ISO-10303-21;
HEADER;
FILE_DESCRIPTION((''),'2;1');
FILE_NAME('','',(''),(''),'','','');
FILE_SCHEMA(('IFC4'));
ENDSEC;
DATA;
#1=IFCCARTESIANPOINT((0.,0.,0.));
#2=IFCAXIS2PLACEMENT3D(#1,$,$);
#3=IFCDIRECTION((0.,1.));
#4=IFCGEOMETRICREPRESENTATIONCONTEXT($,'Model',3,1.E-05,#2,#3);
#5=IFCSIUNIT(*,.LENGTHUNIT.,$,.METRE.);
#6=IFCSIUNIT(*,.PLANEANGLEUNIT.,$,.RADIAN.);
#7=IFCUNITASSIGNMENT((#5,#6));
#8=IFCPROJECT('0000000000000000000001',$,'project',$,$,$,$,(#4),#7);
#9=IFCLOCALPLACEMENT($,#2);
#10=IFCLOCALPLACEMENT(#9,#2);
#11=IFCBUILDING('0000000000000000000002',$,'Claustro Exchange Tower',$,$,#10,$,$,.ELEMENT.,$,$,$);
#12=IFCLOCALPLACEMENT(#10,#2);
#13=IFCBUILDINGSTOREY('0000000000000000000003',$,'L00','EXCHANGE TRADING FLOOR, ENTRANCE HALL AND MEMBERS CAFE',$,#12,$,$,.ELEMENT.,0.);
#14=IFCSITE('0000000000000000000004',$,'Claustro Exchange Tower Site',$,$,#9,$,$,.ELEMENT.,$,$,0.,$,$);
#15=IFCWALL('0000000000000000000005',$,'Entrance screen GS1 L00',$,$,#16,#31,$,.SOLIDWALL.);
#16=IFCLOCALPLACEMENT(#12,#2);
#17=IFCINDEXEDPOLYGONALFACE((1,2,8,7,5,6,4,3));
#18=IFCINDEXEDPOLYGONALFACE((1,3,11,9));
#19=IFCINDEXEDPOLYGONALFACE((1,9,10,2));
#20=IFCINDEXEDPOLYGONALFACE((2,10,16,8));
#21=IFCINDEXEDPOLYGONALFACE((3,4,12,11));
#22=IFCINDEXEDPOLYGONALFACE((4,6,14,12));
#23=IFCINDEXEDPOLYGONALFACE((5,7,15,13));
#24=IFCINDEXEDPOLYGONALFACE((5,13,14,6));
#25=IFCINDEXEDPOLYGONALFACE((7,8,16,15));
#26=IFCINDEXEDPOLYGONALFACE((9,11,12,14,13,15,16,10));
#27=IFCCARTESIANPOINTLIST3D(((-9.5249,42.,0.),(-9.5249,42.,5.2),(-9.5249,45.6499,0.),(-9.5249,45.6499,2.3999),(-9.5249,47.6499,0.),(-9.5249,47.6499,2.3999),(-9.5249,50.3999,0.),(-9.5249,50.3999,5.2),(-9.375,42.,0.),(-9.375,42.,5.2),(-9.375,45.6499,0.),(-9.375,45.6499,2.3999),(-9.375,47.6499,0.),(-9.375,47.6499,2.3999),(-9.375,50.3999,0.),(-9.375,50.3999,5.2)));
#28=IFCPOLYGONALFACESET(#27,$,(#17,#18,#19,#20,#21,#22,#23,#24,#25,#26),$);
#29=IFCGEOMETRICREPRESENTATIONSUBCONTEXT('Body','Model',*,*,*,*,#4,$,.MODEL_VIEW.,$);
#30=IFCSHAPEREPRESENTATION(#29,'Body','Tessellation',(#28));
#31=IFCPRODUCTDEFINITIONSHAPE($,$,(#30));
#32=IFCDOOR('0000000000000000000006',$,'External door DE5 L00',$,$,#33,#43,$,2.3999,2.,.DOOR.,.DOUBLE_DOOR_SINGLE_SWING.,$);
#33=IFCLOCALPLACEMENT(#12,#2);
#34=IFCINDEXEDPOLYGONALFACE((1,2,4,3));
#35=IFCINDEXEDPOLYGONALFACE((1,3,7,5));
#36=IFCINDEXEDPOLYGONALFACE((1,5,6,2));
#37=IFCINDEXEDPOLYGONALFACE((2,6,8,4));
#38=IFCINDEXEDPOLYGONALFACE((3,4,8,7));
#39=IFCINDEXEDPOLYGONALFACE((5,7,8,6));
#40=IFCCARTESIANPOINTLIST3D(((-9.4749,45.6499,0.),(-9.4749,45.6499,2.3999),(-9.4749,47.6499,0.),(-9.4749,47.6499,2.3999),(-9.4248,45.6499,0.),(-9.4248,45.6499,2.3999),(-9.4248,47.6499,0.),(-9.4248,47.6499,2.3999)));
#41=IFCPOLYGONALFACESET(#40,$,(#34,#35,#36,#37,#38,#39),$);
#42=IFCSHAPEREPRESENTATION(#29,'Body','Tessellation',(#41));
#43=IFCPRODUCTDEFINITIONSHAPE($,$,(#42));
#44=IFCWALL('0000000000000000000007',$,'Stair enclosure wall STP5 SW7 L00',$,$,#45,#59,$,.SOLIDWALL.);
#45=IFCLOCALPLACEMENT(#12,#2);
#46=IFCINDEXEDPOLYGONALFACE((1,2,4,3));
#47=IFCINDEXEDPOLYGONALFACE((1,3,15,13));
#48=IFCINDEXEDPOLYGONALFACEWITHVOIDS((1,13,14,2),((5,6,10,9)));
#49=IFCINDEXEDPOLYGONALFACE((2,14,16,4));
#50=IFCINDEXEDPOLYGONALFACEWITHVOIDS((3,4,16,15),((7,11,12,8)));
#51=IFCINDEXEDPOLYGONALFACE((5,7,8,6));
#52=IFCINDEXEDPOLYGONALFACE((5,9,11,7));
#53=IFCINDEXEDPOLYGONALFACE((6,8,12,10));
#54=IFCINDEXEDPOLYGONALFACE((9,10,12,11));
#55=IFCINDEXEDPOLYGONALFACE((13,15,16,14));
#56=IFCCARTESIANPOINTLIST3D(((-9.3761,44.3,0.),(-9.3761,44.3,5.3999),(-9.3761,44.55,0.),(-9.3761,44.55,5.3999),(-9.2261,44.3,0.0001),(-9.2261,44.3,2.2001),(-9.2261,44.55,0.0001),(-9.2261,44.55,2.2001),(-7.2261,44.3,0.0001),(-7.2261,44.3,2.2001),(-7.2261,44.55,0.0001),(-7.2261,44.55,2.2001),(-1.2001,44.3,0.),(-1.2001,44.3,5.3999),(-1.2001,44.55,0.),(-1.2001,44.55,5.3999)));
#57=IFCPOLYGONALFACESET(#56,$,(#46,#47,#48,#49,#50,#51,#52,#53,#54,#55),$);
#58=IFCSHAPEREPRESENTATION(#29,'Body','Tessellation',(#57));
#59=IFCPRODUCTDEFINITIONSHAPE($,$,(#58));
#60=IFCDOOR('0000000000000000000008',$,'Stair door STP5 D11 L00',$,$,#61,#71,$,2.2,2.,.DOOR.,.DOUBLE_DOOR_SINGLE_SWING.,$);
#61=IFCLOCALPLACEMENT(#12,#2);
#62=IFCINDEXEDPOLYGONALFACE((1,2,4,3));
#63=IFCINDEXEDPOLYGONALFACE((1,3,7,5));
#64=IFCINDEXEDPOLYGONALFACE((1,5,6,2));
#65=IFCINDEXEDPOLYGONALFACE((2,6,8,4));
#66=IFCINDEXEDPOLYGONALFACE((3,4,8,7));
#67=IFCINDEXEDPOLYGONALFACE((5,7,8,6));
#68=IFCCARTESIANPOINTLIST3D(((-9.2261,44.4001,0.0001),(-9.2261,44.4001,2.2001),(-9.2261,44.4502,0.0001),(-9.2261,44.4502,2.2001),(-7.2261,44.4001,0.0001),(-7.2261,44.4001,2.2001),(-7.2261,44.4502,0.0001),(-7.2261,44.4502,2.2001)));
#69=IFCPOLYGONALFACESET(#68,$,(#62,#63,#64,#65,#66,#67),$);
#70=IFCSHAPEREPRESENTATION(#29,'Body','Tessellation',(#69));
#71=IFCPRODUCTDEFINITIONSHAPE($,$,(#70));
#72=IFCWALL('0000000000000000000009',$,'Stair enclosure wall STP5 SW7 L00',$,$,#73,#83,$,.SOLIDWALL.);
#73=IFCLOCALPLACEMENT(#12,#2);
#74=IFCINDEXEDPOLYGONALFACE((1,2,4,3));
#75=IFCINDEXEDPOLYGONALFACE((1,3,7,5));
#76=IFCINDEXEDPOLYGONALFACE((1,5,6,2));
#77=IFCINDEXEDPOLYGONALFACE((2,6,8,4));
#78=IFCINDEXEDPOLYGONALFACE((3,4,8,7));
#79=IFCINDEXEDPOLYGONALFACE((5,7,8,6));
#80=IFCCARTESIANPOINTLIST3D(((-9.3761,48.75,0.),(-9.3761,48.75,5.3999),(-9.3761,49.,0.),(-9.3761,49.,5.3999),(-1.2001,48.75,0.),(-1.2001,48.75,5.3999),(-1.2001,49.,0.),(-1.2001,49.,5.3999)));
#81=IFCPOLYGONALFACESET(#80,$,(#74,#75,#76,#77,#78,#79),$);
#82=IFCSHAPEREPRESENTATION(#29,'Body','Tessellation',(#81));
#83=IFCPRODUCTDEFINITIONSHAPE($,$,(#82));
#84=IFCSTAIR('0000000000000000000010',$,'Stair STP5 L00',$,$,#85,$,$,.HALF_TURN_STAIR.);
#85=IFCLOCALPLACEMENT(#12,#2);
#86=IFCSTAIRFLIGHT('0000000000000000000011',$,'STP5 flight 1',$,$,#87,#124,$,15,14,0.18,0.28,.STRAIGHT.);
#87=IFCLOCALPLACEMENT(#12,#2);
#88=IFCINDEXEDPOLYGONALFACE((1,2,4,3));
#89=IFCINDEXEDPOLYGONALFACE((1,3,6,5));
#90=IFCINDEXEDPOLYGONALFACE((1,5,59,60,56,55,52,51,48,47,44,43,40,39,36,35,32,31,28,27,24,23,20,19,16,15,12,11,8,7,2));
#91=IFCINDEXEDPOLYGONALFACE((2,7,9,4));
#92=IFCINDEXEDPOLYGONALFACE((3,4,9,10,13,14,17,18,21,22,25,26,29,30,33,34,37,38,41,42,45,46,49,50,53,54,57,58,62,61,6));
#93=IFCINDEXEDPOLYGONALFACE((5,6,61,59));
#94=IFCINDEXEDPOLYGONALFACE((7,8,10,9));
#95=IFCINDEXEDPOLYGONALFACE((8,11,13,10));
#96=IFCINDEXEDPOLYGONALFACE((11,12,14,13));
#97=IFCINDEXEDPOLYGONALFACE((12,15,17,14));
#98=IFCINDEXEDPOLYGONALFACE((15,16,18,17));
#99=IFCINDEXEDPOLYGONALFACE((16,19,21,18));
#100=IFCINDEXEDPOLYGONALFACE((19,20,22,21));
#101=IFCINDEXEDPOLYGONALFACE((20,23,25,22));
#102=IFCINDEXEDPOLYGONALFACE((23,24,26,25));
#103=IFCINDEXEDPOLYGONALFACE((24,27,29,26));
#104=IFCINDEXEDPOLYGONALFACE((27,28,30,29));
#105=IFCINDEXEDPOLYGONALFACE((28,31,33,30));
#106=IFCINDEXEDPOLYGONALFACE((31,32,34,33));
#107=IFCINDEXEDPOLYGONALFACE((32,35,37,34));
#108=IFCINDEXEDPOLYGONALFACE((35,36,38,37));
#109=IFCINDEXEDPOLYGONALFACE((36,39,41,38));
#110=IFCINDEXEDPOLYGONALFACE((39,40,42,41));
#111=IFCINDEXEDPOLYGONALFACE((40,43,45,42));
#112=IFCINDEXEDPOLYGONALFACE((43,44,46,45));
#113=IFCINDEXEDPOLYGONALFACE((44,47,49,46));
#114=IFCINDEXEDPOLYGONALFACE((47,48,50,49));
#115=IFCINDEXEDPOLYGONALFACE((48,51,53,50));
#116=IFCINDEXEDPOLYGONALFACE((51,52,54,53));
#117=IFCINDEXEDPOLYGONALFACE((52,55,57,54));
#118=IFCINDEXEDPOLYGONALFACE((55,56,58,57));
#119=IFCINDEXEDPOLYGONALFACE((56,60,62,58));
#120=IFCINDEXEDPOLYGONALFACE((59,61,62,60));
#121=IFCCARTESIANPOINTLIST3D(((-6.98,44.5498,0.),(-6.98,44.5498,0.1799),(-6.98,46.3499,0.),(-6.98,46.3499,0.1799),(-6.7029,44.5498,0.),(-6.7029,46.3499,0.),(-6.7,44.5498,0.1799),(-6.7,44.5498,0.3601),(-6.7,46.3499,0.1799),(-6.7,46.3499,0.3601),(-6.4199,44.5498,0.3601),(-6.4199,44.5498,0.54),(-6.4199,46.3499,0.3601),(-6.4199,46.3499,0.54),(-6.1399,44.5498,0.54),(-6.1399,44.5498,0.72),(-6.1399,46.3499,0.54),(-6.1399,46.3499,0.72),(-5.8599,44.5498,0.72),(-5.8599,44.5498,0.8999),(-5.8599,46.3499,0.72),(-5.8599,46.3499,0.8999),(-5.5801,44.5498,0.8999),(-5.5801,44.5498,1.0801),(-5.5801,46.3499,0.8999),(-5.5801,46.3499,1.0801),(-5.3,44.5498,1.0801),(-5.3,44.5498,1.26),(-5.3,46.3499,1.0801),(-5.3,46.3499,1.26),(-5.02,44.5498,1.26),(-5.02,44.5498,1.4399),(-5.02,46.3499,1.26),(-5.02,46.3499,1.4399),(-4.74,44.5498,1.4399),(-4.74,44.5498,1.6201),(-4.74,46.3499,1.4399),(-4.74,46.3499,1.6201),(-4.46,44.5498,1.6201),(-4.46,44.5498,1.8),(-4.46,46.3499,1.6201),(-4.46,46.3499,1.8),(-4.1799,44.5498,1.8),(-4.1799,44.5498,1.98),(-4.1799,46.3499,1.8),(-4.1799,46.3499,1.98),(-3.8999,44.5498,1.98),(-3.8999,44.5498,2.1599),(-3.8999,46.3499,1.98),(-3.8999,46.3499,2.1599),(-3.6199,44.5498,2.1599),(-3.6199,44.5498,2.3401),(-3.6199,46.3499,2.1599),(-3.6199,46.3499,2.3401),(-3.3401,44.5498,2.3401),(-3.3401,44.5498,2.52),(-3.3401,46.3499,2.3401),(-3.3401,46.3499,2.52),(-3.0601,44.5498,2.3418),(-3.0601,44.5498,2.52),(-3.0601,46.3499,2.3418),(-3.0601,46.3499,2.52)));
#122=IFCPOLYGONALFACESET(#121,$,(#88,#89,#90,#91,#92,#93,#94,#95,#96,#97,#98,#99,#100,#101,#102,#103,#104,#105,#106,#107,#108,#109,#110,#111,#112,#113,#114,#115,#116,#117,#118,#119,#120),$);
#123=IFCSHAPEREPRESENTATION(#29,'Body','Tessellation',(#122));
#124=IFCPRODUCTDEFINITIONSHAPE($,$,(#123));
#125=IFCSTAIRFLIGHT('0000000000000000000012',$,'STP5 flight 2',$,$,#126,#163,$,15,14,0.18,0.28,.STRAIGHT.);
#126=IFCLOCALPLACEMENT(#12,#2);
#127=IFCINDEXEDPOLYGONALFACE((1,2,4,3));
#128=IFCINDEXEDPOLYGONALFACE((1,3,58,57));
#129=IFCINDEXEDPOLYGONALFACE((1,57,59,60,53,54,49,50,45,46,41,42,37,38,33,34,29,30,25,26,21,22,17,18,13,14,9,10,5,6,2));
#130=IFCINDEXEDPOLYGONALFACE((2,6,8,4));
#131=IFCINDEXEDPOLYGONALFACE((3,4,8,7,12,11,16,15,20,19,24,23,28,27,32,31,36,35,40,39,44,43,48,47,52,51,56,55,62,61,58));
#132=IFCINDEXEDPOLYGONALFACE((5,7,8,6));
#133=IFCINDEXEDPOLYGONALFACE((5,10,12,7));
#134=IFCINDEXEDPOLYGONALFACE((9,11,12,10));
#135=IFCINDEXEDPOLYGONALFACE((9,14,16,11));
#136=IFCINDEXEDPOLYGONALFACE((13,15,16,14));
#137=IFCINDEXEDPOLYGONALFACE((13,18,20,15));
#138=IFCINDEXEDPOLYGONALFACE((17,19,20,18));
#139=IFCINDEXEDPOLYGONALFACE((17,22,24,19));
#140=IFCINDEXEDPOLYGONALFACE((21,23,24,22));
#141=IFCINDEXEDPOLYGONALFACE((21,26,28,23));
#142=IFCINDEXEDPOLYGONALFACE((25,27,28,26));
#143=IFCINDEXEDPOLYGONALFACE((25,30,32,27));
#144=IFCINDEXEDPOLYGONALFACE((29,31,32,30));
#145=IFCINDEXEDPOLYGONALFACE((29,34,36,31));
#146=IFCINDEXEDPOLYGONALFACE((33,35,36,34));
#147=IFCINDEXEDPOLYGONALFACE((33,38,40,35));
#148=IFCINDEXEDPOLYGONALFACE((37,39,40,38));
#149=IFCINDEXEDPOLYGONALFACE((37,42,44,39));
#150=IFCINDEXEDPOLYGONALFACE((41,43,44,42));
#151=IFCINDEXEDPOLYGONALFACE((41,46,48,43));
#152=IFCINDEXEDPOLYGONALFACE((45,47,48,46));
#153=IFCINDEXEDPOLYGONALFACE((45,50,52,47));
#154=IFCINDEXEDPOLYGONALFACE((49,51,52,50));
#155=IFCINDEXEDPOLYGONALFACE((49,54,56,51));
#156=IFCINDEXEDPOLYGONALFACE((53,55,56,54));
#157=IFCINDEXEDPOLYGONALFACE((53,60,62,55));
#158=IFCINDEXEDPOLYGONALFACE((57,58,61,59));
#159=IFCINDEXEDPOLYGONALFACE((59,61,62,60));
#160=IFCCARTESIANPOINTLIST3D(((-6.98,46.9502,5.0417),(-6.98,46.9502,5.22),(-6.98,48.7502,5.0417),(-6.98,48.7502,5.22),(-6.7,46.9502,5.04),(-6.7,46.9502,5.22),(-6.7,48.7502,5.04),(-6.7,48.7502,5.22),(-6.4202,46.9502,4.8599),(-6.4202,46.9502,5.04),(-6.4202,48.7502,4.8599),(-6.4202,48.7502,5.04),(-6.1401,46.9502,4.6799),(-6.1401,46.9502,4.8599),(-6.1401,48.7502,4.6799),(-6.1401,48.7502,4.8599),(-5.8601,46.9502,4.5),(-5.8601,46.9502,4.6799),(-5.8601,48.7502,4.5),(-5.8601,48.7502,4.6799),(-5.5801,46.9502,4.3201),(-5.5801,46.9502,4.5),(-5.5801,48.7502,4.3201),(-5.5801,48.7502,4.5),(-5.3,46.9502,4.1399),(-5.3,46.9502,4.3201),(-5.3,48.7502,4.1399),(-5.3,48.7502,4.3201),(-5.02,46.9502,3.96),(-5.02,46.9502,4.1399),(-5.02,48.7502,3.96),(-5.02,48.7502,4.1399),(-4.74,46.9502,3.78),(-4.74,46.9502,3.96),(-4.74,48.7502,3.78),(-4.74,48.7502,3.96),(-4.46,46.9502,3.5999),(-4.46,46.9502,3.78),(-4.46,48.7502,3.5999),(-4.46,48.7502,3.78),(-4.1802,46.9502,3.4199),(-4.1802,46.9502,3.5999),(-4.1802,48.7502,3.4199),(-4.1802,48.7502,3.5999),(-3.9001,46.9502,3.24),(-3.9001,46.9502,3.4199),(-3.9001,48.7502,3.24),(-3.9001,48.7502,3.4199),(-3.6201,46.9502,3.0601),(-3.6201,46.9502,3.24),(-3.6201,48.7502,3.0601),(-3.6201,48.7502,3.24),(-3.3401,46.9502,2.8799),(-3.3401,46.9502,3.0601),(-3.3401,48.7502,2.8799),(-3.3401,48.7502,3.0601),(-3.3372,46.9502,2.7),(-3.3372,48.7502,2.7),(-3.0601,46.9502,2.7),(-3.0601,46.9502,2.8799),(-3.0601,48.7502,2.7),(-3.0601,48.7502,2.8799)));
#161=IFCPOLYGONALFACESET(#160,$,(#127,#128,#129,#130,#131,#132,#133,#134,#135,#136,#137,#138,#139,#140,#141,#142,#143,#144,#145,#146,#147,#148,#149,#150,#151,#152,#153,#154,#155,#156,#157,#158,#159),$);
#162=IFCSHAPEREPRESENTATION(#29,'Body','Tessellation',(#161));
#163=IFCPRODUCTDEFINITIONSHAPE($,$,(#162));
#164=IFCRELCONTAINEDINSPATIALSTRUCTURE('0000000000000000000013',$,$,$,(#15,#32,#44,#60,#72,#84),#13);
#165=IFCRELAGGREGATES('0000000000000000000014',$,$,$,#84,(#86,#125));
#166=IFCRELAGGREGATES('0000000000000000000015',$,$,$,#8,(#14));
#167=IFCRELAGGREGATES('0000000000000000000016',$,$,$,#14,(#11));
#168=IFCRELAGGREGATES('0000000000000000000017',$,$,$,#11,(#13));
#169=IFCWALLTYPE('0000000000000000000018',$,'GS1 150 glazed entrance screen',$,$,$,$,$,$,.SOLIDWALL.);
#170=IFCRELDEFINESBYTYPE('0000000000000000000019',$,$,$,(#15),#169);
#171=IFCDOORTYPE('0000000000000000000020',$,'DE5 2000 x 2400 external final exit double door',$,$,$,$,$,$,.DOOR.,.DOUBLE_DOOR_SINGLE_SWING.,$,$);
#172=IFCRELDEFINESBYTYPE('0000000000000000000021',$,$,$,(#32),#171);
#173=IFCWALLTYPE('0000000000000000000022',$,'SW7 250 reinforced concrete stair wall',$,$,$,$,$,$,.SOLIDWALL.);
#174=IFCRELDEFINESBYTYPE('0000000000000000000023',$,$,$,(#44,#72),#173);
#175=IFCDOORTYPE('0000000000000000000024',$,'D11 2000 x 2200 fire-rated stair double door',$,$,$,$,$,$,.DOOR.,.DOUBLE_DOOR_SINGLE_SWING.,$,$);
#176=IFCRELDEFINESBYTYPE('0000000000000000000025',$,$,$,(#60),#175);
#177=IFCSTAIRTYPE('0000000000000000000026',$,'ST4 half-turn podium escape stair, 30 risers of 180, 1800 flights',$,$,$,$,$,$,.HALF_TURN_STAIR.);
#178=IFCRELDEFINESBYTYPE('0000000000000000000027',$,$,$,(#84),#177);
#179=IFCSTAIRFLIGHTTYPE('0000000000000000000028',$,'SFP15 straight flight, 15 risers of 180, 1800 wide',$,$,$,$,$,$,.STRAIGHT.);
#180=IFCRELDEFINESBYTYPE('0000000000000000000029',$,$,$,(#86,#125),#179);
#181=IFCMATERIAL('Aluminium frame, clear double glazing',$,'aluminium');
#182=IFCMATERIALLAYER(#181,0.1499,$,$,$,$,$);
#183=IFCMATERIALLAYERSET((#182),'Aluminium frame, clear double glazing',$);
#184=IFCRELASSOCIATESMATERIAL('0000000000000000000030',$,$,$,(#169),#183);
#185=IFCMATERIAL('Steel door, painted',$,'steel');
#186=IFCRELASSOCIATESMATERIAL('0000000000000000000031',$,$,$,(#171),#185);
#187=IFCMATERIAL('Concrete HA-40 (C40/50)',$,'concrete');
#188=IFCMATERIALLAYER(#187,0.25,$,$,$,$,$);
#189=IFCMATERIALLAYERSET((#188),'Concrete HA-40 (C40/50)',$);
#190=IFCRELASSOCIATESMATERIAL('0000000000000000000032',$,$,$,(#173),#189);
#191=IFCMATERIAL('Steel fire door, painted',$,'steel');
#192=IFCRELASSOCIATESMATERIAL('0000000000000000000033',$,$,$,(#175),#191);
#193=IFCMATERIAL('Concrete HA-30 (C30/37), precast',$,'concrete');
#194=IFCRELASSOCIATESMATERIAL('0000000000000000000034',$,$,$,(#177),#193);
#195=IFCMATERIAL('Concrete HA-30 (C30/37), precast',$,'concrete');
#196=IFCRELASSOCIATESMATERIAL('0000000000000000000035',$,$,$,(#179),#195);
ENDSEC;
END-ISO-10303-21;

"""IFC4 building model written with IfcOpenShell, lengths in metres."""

from ifc_helpers import new_model, si_unit, direction, frame, frame_2d, origin, place, context, subcontext, project, spatial, polyline, rectangle, outline, extrude, material, layer, layer_set, type_object, element, fill, aggregate, save


model = new_model("IFC4")

# Units and contexts
model_context = context("Model", 3, precision=1e-05, world=origin(), true_north=direction((0.0, 1.0)))
body_context = subcontext(model_context, "Body", "Model", "MODEL_VIEW")
ifc_project = project(units=[si_unit("LENGTHUNIT", "METRE"), si_unit("PLANEANGLEUNIT", "RADIAN")], contexts=[model_context])

# Site, building, storey
site_placement = place(None, origin())
site = spatial("IfcSite", under=ifc_project, at=site_placement, Name="Claustro Exchange Tower Site", CompositionType="ELEMENT", RefElevation=0.0)
building_placement = place(site_placement, origin())
building = spatial("IfcBuilding", under=site, at=building_placement, Name="Claustro Exchange Tower", CompositionType="ELEMENT")
storey_placement = place(building_placement, origin())
storey = spatial("IfcBuildingStorey", under=building, at=storey_placement, Name="L00", Description="EXCHANGE TRADING FLOOR, ENTRANCE HALL AND MEMBERS CAFE", CompositionType="ELEMENT", Elevation=0.0)

# Walls, openings, doors
ifc_material_1 = material(Name="Aluminium frame, clear double glazing", Category="aluminium")
ifc_layer_1 = layer(ifc_material_1, 0.1499)
ifc_layer_set_1 = layer_set([ifc_layer_1], Name="Aluminium frame, clear double glazing")
wall_type_1 = type_object("IfcWallType", Name="GS1 150 glazed entrance screen", PredefinedType="SOLIDWALL", material=ifc_layer_set_1)
wall_1_placement = place(storey_placement, frame((-9.45, 42.0, 0.0), z_axis=(0.0, 0.0, 1.0), x_axis=(0.0, 1.0, 0.0)))
wall_1 = element("IfcWall", 1, at=wall_1_placement, inside=storey, type_object=wall_type_1, Name="Entrance screen GS1 L00", PredefinedType="SOLIDWALL", context=body_context, shape_type="SweptSolid", body=[
    extrude(rectangle(XDim=8.3999, YDim=0.1499, at=frame_2d((4.2, 0.0))), origin(), (0.0, 0.0, 1.0), 5.2),
])
opening_1_placement = place(wall_1_placement, frame((3.6499, 0.0, 0.0)))
opening_1 = element("IfcOpeningElement", 2, at=opening_1_placement, cuts=wall_1, PredefinedType="OPENING", context=body_context, shape_type="SweptSolid", body=[
    extrude(rectangle(XDim=2.0, YDim=2.3999, at=frame_2d((1.0, 1.2))), frame((0.0, 0.085, 0.0), z_axis=(0.0, -1.0, 0.0), x_axis=(1.0, 0.0, 0.0)), (0.0, 0.0, 1.0), 0.1699),
])
ifc_material_2 = material(Name="Steel door, painted", Category="steel")
door_type_1 = type_object("IfcDoorType", Name="DE5 2000 x 2400 external final exit double door", OperationType="DOUBLE_DOOR_SINGLE_SWING", PredefinedType="DOOR", material=ifc_material_2)
door_1_placement = place(opening_1_placement, origin())
door_1 = element("IfcDoor", 3, at=door_1_placement, inside=storey, type_object=door_type_1, Name="External door DE5 L00", OperationType="DOUBLE_DOOR_SINGLE_SWING", OverallHeight=2.3999, OverallWidth=2.0, PredefinedType="DOOR", context=body_context, shape_type="SweptSolid", body=[
    extrude(rectangle(XDim=2.0, YDim=2.3999, at=frame_2d((1.0, 1.2))), frame((0.0, 0.0249, 0.0), z_axis=(0.0, -1.0, 0.0), x_axis=(1.0, 0.0, 0.0)), (0.0, 0.0, 1.0), 0.05),
])
fill(opening_1, door_1)
ifc_material_3 = material(Name="Concrete HA-40 (C40/50)", Category="concrete")
ifc_layer_2 = layer(ifc_material_3, 0.25)
ifc_layer_set_2 = layer_set([ifc_layer_2], Name="Concrete HA-40 (C40/50)")
wall_type_2 = type_object("IfcWallType", Name="SW7 250 reinforced concrete stair wall", PredefinedType="SOLIDWALL", material=ifc_layer_set_2)
wall_2_placement = place(storey_placement, frame((-9.376, 44.425, 0.0), z_axis=(0.0, 0.0, 1.0), x_axis=(1.0, 0.0, 0.0)))
wall_2 = element("IfcWall", 4, at=wall_2_placement, inside=storey, type_object=wall_type_2, Name="Stair enclosure wall STP5 SW7 L00", PredefinedType="SOLIDWALL", context=body_context, shape_type="SweptSolid", body=[
    extrude(rectangle(XDim=8.176, YDim=0.25, at=frame_2d((4.0879, 0.0))), origin(), (0.0, 0.0, 1.0), 5.3999),
])
opening_2_placement = place(wall_2_placement, frame((0.1499, 0.0, 0.0)))
opening_2 = element("IfcOpeningElement", 5, at=opening_2_placement, cuts=wall_2, PredefinedType="OPENING", context=body_context, shape_type="SweptSolid", body=[
    extrude(rectangle(XDim=2.0, YDim=2.2, at=frame_2d((1.0, 1.1001))), frame((0.0, 0.135, 0.0), z_axis=(0.0, -1.0, 0.0), x_axis=(1.0, 0.0, 0.0)), (0.0, 0.0, 1.0), 0.27),
])
ifc_material_4 = material(Name="Steel fire door, painted", Category="steel")
door_type_2 = type_object("IfcDoorType", Name="D11 2000 x 2200 fire-rated stair double door", OperationType="DOUBLE_DOOR_SINGLE_SWING", PredefinedType="DOOR", material=ifc_material_4)
door_2_placement = place(opening_2_placement, frame((2.0, 0.0, 0.0), z_axis=(0.0, 0.0, 1.0), x_axis=(-1.0, 0.0, 0.0)))
door_2 = element("IfcDoor", 6, at=door_2_placement, inside=storey, type_object=door_type_2, Name="Stair door STP5 D11 L00", OperationType="DOUBLE_DOOR_SINGLE_SWING", OverallHeight=2.2, OverallWidth=2.0, PredefinedType="DOOR", context=body_context, shape_type="SweptSolid", body=[
    extrude(rectangle(XDim=2.0, YDim=2.2, at=frame_2d((1.0, 1.1001))), frame((0.0, 0.0249, 0.0), z_axis=(0.0, -1.0, 0.0), x_axis=(1.0, 0.0, 0.0)), (0.0, 0.0, 1.0), 0.05),
])
fill(opening_2, door_2)

# Wall
wall_3_placement = place(storey_placement, frame((-9.376, 48.875, 0.0), z_axis=(0.0, 0.0, 1.0), x_axis=(1.0, 0.0, 0.0)))
element("IfcWall", 7, at=wall_3_placement, inside=storey, type_object=wall_type_2, Name="Stair enclosure wall STP5 SW7 L00", PredefinedType="SOLIDWALL", context=body_context, shape_type="SweptSolid", body=[
    extrude(rectangle(XDim=8.176, YDim=0.25, at=frame_2d((4.0879, 0.0))), origin(), (0.0, 0.0, 1.0), 5.3999),
])

# Stair, stair flights
ifc_material_5 = material(Name="Concrete HA-30 (C30/37), precast", Category="concrete")
stair_type = type_object("IfcStairType", Name="ST4 half-turn podium escape stair, 30 risers of 180, 1800 flights", PredefinedType="HALF_TURN_STAIR", material=ifc_material_5)
stair_placement = place(storey_placement, origin())
stair = element("IfcStair", 8, at=stair_placement, inside=storey, type_object=stair_type, Name="Stair STP5 L00", PredefinedType="HALF_TURN_STAIR")
ifc_material_6 = material(Name="Concrete HA-30 (C30/37), precast", Category="concrete")
stair_flight_type = type_object("IfcStairFlightType", Name="SFP15 straight flight, 15 risers of 180, 1800 wide", PredefinedType="STRAIGHT", material=ifc_material_6)
stair_flight_1_placement = place(storey_placement, frame((-6.98, 45.45, 0.0), z_axis=(0.0, 0.0, 1.0), x_axis=(1.0, 0.0, 0.0)))
stair_flight_1 = element("IfcStairFlight", 9, at=stair_flight_1_placement, type_object=stair_flight_type, Name="STP5 flight 1", NumberOfRisers=15, NumberOfTreads=14, PredefinedType="STRAIGHT", RiserHeight=0.18, TreadLength=0.28, context=body_context, shape_type="SweptSolid", body=[
    extrude(outline(polyline([(0.0, 0.0), (0.0, 0.1799), (0.28, 0.1799), (0.28, 0.3601), (0.5601, 0.3601), (0.5601, 0.54), (0.8401, 0.54), (0.8401, 0.72), (1.1201, 0.72), (1.1201, 0.8999), (1.3999, 0.8999), (1.3999, 1.0801), (1.6799, 1.0801), (1.6799, 1.26), (1.96, 1.26), (1.96, 1.4399), (2.24, 1.4399), (2.24, 1.6201), (2.52, 1.6201), (2.52, 1.8), (2.8, 1.8), (2.8, 1.98), (3.0801, 1.98), (3.0801, 2.1599), (3.3601, 2.1599), (3.3601, 2.3401), (3.6399, 2.3401), (3.6399, 2.52), (3.9199, 2.52), (3.9199, 2.7), (3.9199, 2.3418), (0.2771, 0.0), (0.0, 0.0)])), frame((0.0, 0.8999, 0.0), z_axis=(0.0, -1.0, 0.0), x_axis=(1.0, 0.0, 0.0)), (0.0, 0.0, 1.0), 1.8),
])
stair_flight_2_placement = place(storey_placement, frame((-3.0601, 47.8501, 2.7), z_axis=(0.0, 0.0, 1.0), x_axis=(-1.0, 0.0, 0.0)))
stair_flight_2 = element("IfcStairFlight", 10, at=stair_flight_2_placement, type_object=stair_flight_type, Name="STP5 flight 2", NumberOfRisers=15, NumberOfTreads=14, PredefinedType="STRAIGHT", RiserHeight=0.18, TreadLength=0.28, context=body_context, shape_type="SweptSolid", body=[
    extrude(outline(polyline([(0.0, 0.0), (0.0, 0.1799), (0.28, 0.1799), (0.28, 0.3601), (0.5601, 0.3601), (0.5601, 0.54), (0.8401, 0.54), (0.8401, 0.72), (1.1201, 0.72), (1.1201, 0.8999), (1.3999, 0.8999), (1.3999, 1.0801), (1.6799, 1.0801), (1.6799, 1.26), (1.96, 1.26), (1.96, 1.4399), (2.24, 1.4399), (2.24, 1.6201), (2.52, 1.6201), (2.52, 1.8), (2.8, 1.8), (2.8, 1.98), (3.0801, 1.98), (3.0801, 2.1599), (3.3601, 2.1599), (3.3601, 2.3401), (3.6399, 2.3401), (3.6399, 2.52), (3.9199, 2.52), (3.9199, 2.7), (3.9199, 2.3418), (0.2771, 0.0), (0.0, 0.0)])), frame((0.0, 0.8999, 0.0), z_axis=(0.0, -1.0, 0.0), x_axis=(1.0, 0.0, 0.0)), (0.0, 0.0, 1.0), 1.8),
])
aggregate(stair, [stair_flight_1, stair_flight_2])

save(model, "model.ifc")
